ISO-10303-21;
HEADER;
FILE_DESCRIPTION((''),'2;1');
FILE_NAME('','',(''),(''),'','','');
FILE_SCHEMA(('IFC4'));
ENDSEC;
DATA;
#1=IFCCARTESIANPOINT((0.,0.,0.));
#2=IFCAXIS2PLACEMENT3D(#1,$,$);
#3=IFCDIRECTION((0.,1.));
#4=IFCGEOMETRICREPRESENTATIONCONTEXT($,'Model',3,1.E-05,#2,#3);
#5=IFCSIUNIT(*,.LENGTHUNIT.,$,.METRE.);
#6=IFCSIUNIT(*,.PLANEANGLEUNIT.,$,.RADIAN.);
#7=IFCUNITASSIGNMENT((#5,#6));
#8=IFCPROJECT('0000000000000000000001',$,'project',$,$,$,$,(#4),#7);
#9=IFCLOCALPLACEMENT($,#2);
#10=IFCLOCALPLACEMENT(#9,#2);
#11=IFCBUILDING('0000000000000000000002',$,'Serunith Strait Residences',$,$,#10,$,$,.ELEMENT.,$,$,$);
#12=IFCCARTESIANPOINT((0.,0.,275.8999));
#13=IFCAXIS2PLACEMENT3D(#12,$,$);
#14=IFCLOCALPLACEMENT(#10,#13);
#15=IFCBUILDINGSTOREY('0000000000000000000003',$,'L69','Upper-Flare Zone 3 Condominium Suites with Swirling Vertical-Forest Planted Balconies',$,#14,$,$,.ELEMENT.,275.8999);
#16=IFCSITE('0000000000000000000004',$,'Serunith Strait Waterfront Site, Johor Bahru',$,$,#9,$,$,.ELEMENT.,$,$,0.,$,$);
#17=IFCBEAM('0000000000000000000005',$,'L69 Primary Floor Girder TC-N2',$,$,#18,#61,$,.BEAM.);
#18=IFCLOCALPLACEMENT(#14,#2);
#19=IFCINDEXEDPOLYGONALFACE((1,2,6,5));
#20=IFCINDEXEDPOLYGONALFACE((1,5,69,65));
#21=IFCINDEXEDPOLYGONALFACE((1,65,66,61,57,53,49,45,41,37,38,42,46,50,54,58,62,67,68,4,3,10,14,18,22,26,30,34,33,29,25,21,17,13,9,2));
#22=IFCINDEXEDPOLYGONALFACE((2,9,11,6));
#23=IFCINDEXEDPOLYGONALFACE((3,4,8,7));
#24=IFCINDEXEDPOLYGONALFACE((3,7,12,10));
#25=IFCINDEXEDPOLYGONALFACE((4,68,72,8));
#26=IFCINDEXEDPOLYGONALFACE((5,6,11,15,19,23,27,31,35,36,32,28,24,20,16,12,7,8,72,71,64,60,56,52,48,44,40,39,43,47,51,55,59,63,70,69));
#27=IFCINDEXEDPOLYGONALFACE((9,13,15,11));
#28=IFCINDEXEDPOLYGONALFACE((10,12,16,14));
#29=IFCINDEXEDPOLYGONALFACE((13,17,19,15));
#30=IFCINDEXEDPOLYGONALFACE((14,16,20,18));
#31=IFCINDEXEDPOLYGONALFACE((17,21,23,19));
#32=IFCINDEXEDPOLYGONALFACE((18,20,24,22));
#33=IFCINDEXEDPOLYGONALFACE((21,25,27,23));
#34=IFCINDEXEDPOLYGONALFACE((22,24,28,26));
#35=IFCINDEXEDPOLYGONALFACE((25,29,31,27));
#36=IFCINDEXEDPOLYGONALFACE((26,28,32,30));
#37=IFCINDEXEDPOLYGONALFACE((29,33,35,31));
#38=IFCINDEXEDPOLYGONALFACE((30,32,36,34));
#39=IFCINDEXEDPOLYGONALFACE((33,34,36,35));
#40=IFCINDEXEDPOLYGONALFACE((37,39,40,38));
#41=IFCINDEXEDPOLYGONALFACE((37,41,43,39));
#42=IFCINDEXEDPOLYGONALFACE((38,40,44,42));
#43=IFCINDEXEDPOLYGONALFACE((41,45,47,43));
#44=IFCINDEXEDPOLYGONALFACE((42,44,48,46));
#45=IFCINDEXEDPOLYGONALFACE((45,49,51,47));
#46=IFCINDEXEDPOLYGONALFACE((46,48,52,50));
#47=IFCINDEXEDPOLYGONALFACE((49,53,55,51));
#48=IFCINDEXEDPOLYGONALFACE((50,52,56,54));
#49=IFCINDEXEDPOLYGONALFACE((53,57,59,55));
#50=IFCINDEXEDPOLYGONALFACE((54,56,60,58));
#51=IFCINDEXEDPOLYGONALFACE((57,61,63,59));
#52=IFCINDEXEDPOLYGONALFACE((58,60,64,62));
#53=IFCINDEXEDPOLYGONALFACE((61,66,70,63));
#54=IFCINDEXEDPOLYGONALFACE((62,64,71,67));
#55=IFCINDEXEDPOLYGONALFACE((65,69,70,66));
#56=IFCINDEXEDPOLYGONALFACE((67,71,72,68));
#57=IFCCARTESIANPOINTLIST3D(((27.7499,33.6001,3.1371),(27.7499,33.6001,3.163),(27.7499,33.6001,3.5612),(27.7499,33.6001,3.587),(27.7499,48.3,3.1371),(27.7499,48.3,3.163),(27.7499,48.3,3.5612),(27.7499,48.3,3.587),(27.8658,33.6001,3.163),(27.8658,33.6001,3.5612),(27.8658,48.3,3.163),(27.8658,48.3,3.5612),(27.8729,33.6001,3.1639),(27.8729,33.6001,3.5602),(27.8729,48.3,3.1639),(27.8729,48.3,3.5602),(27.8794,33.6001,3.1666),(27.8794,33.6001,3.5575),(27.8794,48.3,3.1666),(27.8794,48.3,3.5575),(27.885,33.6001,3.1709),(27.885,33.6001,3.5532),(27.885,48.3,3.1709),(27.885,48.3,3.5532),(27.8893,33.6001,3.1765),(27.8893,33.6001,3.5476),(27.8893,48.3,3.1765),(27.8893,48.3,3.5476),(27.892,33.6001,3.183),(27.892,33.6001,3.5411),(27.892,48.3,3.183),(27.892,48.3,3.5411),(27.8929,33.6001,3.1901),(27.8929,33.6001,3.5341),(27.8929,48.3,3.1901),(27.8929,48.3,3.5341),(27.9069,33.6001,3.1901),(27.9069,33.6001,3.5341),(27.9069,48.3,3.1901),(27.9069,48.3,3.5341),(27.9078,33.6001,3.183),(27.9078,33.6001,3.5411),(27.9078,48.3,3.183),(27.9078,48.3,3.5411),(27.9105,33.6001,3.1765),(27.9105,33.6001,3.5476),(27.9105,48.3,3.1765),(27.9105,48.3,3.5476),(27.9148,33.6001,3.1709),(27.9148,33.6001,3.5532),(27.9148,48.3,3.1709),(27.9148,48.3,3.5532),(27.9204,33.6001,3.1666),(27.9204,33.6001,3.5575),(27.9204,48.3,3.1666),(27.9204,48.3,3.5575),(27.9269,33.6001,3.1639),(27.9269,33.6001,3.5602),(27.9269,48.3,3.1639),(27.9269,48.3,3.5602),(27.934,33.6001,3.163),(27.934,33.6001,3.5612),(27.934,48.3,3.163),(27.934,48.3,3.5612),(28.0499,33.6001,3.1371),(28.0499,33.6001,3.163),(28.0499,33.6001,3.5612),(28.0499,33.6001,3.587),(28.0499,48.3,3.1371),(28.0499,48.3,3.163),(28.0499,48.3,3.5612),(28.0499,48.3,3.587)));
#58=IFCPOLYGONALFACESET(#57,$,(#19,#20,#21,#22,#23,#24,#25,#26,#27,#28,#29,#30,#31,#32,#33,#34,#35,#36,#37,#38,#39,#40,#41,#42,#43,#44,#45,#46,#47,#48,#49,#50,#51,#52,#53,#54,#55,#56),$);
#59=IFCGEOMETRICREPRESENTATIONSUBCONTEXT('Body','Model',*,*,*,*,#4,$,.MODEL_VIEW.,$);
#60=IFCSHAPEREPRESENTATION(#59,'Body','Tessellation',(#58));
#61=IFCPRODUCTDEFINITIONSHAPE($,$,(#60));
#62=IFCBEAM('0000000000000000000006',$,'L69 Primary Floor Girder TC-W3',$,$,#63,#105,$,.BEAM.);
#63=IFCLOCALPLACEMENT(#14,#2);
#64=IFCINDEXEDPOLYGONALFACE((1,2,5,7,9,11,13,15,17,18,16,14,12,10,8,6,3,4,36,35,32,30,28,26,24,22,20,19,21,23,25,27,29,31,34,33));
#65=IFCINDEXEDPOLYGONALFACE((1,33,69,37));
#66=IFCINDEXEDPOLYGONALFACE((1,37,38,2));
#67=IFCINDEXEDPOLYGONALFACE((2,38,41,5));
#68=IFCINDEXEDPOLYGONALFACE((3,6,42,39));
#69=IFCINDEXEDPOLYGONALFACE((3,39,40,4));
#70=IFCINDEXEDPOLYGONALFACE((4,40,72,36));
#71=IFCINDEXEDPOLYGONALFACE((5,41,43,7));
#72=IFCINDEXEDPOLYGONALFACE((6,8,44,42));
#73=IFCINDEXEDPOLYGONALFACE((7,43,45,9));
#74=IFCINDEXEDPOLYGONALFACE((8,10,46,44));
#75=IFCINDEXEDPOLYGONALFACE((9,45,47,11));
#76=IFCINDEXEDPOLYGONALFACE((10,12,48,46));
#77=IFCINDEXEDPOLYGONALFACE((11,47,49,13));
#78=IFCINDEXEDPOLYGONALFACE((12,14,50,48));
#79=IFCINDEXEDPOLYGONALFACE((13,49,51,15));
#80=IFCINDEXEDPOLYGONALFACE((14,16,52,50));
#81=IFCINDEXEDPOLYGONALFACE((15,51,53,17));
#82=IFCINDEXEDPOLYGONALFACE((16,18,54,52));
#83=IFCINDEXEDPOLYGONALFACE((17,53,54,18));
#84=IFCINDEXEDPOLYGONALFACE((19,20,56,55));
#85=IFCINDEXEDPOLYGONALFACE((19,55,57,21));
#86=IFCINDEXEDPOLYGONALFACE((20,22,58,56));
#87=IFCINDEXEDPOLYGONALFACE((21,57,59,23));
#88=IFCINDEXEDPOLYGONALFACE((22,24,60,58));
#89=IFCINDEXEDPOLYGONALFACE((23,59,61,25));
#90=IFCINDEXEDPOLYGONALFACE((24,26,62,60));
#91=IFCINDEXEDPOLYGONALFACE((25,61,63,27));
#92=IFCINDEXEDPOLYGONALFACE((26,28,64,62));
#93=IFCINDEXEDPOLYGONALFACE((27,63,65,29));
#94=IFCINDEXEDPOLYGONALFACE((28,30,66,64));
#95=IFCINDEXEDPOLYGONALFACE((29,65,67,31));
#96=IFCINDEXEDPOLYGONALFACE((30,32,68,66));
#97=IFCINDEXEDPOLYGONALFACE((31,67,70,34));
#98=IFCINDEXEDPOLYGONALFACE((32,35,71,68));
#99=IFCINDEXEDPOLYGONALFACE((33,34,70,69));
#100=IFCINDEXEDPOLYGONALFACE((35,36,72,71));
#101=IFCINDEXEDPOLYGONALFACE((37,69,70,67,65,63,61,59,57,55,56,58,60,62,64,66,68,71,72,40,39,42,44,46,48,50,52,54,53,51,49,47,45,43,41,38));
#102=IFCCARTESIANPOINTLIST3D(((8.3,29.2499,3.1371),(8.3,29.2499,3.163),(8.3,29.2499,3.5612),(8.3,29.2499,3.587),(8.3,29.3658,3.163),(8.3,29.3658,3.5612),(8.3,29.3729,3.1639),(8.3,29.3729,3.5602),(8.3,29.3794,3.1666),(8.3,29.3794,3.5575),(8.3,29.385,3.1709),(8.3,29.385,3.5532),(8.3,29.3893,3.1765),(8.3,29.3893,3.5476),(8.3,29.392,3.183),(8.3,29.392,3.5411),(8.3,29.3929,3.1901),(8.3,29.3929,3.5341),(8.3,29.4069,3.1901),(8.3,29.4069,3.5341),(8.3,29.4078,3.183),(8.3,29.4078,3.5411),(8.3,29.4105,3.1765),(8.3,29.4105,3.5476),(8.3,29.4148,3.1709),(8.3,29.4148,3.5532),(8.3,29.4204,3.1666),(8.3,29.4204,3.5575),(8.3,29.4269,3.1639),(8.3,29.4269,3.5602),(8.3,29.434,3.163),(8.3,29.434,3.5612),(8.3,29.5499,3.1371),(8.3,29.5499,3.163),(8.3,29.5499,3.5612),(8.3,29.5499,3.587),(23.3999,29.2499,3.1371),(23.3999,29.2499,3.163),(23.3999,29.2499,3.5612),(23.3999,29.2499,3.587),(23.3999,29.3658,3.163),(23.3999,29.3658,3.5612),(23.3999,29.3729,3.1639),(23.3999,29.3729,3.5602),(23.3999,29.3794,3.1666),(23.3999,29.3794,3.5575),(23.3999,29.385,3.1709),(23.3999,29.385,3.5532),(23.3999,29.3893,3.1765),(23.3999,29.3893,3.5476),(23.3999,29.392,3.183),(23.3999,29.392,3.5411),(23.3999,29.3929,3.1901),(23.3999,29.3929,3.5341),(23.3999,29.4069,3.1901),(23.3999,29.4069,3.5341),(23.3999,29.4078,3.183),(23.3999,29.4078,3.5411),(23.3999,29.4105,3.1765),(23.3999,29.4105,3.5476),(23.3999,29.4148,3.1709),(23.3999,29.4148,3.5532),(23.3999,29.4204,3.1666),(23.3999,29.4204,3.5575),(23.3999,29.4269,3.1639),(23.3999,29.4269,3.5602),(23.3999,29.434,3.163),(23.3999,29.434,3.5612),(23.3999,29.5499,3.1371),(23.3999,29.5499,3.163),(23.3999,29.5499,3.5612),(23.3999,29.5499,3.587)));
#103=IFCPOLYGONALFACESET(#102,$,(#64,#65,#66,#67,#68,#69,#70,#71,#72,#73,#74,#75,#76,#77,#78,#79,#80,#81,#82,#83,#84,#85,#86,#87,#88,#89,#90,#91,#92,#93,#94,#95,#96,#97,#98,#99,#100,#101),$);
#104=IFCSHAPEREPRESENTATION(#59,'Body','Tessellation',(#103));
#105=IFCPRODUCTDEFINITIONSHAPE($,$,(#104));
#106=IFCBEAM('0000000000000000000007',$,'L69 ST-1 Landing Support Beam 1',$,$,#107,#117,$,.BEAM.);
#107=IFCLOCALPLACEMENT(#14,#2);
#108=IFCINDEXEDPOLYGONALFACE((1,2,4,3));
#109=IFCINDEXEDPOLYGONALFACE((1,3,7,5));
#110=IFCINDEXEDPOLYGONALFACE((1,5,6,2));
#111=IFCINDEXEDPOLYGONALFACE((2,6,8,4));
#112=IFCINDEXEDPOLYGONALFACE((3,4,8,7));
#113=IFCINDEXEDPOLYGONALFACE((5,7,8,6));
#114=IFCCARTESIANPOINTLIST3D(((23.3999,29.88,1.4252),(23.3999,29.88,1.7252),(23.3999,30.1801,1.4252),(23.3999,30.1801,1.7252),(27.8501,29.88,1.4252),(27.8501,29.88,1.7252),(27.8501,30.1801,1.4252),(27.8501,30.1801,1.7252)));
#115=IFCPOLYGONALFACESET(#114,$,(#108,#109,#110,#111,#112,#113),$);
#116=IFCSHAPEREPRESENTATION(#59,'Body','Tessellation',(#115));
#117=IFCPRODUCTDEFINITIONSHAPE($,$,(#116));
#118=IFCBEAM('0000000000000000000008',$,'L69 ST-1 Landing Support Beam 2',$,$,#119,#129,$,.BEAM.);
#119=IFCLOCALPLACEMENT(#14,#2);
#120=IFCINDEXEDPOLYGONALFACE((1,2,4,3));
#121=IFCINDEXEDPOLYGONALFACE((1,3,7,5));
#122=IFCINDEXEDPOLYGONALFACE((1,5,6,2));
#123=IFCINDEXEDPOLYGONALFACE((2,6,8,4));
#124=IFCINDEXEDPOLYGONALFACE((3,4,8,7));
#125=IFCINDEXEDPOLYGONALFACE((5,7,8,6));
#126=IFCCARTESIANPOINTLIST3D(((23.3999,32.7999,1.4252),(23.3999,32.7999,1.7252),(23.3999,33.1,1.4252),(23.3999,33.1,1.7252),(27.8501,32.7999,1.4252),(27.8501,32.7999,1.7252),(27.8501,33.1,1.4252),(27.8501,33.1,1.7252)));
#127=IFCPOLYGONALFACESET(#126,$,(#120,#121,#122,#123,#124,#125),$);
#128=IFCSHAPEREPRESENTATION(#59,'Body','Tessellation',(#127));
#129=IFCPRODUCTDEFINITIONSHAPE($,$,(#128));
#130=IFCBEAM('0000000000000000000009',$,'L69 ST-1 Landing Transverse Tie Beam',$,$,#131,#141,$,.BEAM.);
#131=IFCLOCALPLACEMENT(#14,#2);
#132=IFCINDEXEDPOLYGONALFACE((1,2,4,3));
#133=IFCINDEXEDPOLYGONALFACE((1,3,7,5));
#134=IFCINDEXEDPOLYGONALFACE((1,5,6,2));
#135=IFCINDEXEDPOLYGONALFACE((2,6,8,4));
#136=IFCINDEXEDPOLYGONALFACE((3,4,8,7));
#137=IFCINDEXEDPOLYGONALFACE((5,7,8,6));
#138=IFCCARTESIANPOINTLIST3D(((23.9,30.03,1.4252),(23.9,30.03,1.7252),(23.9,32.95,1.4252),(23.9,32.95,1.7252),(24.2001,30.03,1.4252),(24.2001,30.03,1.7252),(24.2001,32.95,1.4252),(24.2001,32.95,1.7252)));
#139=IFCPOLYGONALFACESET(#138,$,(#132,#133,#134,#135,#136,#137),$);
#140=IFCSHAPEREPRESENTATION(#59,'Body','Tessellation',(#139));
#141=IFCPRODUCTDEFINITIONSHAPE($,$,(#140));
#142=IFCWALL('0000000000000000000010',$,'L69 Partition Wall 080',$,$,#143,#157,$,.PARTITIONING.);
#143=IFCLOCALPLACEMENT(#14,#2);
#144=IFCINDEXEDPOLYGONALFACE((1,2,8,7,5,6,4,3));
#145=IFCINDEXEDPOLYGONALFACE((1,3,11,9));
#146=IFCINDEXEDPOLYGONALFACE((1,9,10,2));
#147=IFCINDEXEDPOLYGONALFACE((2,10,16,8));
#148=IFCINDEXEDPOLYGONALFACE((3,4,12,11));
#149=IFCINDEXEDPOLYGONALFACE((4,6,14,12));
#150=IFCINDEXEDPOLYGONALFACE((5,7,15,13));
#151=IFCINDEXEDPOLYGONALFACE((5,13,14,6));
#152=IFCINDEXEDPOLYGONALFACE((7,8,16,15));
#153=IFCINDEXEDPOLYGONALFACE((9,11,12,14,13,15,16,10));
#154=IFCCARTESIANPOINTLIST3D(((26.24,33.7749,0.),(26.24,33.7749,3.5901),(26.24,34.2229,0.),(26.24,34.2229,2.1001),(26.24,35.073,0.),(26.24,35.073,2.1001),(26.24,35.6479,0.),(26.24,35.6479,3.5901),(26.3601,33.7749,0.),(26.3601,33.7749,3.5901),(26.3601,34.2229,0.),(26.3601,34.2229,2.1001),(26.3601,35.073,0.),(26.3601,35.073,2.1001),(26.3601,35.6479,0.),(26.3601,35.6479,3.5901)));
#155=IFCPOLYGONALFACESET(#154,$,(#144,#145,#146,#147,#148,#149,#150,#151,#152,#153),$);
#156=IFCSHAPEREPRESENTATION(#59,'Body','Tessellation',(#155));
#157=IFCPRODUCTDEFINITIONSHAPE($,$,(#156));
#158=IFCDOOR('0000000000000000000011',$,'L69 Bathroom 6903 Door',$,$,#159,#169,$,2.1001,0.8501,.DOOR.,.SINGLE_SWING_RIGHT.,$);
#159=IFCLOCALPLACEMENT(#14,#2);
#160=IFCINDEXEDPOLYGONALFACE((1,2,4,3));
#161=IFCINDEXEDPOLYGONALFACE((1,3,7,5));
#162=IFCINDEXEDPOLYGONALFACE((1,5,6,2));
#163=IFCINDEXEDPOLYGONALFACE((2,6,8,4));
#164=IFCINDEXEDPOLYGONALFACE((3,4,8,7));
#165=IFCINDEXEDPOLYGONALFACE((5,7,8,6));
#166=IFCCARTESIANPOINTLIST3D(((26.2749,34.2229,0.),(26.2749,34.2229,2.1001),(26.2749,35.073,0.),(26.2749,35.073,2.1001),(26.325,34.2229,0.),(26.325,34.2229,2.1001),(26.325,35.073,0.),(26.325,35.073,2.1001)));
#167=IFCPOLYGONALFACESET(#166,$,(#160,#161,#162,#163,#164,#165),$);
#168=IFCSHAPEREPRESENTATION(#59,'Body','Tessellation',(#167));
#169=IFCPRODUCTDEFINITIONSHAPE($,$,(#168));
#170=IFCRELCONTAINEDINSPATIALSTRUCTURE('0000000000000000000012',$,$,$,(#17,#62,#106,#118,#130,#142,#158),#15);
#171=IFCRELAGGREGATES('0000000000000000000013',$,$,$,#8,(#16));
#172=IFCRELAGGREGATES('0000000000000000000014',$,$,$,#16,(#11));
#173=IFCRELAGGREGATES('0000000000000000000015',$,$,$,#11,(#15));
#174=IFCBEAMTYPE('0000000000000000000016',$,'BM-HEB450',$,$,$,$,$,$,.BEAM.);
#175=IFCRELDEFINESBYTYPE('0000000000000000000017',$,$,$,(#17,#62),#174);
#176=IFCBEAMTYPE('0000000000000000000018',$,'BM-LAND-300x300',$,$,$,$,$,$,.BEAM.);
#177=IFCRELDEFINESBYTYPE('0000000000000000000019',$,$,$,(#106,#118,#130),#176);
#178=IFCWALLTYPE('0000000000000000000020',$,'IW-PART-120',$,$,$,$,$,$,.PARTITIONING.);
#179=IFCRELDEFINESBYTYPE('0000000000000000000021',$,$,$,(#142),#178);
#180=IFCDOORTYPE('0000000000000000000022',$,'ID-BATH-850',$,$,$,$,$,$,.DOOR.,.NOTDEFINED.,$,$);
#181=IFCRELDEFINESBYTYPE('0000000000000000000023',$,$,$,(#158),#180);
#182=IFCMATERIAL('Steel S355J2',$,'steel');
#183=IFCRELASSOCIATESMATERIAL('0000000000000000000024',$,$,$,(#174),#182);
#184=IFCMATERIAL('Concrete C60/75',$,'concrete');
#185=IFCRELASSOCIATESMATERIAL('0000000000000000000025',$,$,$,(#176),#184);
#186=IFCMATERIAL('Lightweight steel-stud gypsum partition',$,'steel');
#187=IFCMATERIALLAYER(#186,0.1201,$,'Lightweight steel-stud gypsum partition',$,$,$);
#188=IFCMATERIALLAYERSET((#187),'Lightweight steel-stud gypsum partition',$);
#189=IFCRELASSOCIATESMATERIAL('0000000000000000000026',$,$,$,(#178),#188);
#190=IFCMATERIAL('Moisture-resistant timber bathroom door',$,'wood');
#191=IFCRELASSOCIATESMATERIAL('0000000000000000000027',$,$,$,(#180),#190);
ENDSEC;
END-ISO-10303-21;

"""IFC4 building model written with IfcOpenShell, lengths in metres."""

from ifc_helpers import new_model, si_unit, direction, frame, frame_2d, origin, origin_2d, place, context, subcontext, project, spatial, rectangle, i_section, extrude, source, transform, mapped, material, layer, layer_set, material_profile, profile_set, type_object, element, fill, save


model = new_model("IFC4")

# Units and contexts
model_context = context("Model", 3, precision=1e-05, world=origin(), true_north=direction((0.0, 1.0)))
body_context = subcontext(model_context, "Body", "Model", "MODEL_VIEW")
ifc_project = project(units=[si_unit("LENGTHUNIT", "METRE"), si_unit("PLANEANGLEUNIT", "RADIAN")], contexts=[model_context])

# Site, building, storey
site_placement = place(None, origin())
site = spatial("IfcSite", under=ifc_project, at=site_placement, Name="Serunith Strait Waterfront Site, Johor Bahru", CompositionType="ELEMENT", RefElevation=0.0)
building_placement = place(site_placement, origin())
building = spatial("IfcBuilding", under=site, at=building_placement, Name="Serunith Strait Residences", CompositionType="ELEMENT")
storey_placement = place(building_placement, frame((0.0, 0.0, 275.8999)))
storey = spatial("IfcBuildingStorey", under=building, at=storey_placement, Name="L69", Description="Upper-Flare Zone 3 Condominium Suites with Swirling Vertical-Forest Planted Balconies", CompositionType="ELEMENT", Elevation=275.8999)

# Beams
ifc_material_1 = material(Name="Steel S355J2", Category="steel")
ifc_material_profile_1 = material_profile(ifc_material_1, i_section(OverallWidth=0.3, OverallDepth=0.45, WebThickness=0.0139, FlangeThickness=0.0259, FilletRadius=0.0271, at=origin_2d()), Name="HEB 450")
ifc_profile_set_1 = profile_set([ifc_material_profile_1], Name="Steel S355J2")
beam_type_1 = type_object("IfcBeamType", Name="BM-HEB450", PredefinedType="BEAM", material=ifc_profile_set_1)
shared_shape_1 = source(origin(), body_context, "Body", "SweptSolid", [
    extrude(i_section(OverallWidth=0.3, OverallDepth=0.45, WebThickness=0.0139, FlangeThickness=0.0259, FilletRadius=0.0271, at=origin_2d()), origin(), (0.0, 0.0, 1.0), 14.7),
])
beam_1_placement = place(storey_placement, frame((27.8999, 33.6001, 3.3621), z_axis=(0.0, 1.0, 0.0), x_axis=(-1.0, 0.0, 0.0)))
element("IfcBeam", 1, at=beam_1_placement, inside=storey, type_object=beam_type_1, Name="L69 Primary Floor Girder TC-N2", PredefinedType="BEAM", context=body_context, shape_type="MappedRepresentation", body=[
    mapped(shared_shape_1, transform((0.0, 0.0, 0.0), scale=1.0)),
])
shared_shape_2 = source(origin(), body_context, "Body", "SweptSolid", [
    extrude(i_section(OverallWidth=0.3, OverallDepth=0.45, WebThickness=0.0139, FlangeThickness=0.0259, FilletRadius=0.0271, at=origin_2d()), origin(), (0.0, 0.0, 1.0), 15.0999),
])
beam_2_placement = place(storey_placement, frame((23.3999, 29.3999, 3.3621), z_axis=(-1.0, 0.0, 0.0), x_axis=(0.0, -1.0, 0.0)))
element("IfcBeam", 2, at=beam_2_placement, inside=storey, type_object=beam_type_1, Name="L69 Primary Floor Girder TC-W3", PredefinedType="BEAM", context=body_context, shape_type="MappedRepresentation", body=[
    mapped(shared_shape_2, transform((0.0, 0.0, 0.0), scale=1.0)),
])
ifc_material_2 = material(Name="Concrete C60/75", Category="concrete")
ifc_material_profile_2 = material_profile(ifc_material_2, rectangle(XDim=0.3, YDim=0.3, at=origin_2d()), Name="RC 300x300")
ifc_profile_set_2 = profile_set([ifc_material_profile_2], Name="Concrete C60/75")
beam_type_2 = type_object("IfcBeamType", Name="BM-LAND-300x300", PredefinedType="BEAM", material=ifc_profile_set_2)
shared_shape_3 = source(origin(), body_context, "Body", "SweptSolid", [
    extrude(rectangle(XDim=0.3, YDim=0.3, at=origin_2d()), origin(), (0.0, 0.0, 1.0), 4.4502),
])
for number, where, z_axis, x_axis, name in (
    (3, (23.3999, 30.03, 1.5752), (1.0, 0.0, 0.0), (0.0, 1.0, 0.0), "L69 ST-1 Landing Support Beam 1"),
    (4, (23.3999, 32.95, 1.5752), (1.0, 0.0, 0.0), (0.0, 1.0, 0.0), "L69 ST-1 Landing Support Beam 2"),
):
    element("IfcBeam", number, at=place(storey_placement, frame(where, z_axis=z_axis, x_axis=x_axis)), inside=storey, type_object=beam_type_2, Name=name, PredefinedType="BEAM", context=body_context, shape_type="MappedRepresentation", body=[
        mapped(shared_shape_3, transform((0.0, 0.0, 0.0), scale=1.0)),
    ])
shared_shape_4 = source(origin(), body_context, "Body", "SweptSolid", [
    extrude(rectangle(XDim=0.3, YDim=0.3, at=origin_2d()), origin(), (0.0, 0.0, 1.0), 2.9199),
])
beam_3_placement = place(storey_placement, frame((24.05, 30.03, 1.5752), z_axis=(0.0, 1.0, 0.0), x_axis=(-1.0, 0.0, 0.0)))
element("IfcBeam", 5, at=beam_3_placement, inside=storey, type_object=beam_type_2, Name="L69 ST-1 Landing Transverse Tie Beam", PredefinedType="BEAM", context=body_context, shape_type="MappedRepresentation", body=[
    mapped(shared_shape_4, transform((0.0, 0.0, 0.0), scale=1.0)),
])

# Wall, opening, door
ifc_material_3 = material(Name="Lightweight steel-stud gypsum partition", Category="steel")
ifc_layer_1 = layer(ifc_material_3, 0.1201, Name="Lightweight steel-stud gypsum partition")
ifc_layer_set_1 = layer_set([ifc_layer_1], Name="Lightweight steel-stud gypsum partition")
wall_type_1 = type_object("IfcWallType", Name="IW-PART-120", PredefinedType="PARTITIONING", material=ifc_layer_set_1)
wall_1_placement = place(storey_placement, frame((26.3, 35.6479, 0.0), z_axis=(0.0, 0.0, 1.0), x_axis=(0.0, -1.0, 0.0)))
wall_1 = element("IfcWall", 6, at=wall_1_placement, inside=storey, type_object=wall_type_1, Name="L69 Partition Wall 080", PredefinedType="PARTITIONING", context=body_context, shape_type="SweptSolid", body=[
    extrude(rectangle(XDim=1.873, YDim=0.1201, at=frame_2d((0.9365, 0.0))), origin(), (0.0, 0.0, 1.0), 3.5901),
])
opening_1_placement = place(wall_1_placement, frame((0.575, 0.0, 0.0)))
opening_1 = element("IfcOpeningElement", 7, at=opening_1_placement, cuts=wall_1, PredefinedType="OPENING", context=body_context, shape_type="SweptSolid", body=[
    extrude(rectangle(XDim=0.8501, YDim=2.1001, at=frame_2d((0.425, 1.05))), frame((0.0, 0.0701, 0.0), z_axis=(0.0, -1.0, 0.0), x_axis=(1.0, 0.0, 0.0)), (0.0, 0.0, 1.0), 0.1401),
])
ifc_material_4 = material(Name="Moisture-resistant timber bathroom door", Category="wood")
door_type_1 = type_object("IfcDoorType", Name="ID-BATH-850", OperationType="NOTDEFINED", PredefinedType="DOOR", material=ifc_material_4)
shared_shape_5 = source(origin(), body_context, "Body", "SweptSolid", [
    extrude(rectangle(XDim=0.8501, YDim=2.1001, at=frame_2d((0.425, 1.05))), frame((0.0, 0.0249, 0.0), z_axis=(0.0, -1.0, 0.0), x_axis=(1.0, 0.0, 0.0)), (0.0, 0.0, 1.0), 0.05),
])
door_1_placement = place(opening_1_placement, origin())
door_1 = element("IfcDoor", 8, at=door_1_placement, inside=storey, type_object=door_type_1, Name="L69 Bathroom 6903 Door", OperationType="SINGLE_SWING_RIGHT", OverallHeight=2.1001, OverallWidth=0.8501, PredefinedType="DOOR", context=body_context, shape_type="MappedRepresentation", body=[
    mapped(shared_shape_5, transform((0.0, 0.0, 0.0), scale=1.0)),
])
fill(opening_1, door_1)

save(model, "model.ifc")
